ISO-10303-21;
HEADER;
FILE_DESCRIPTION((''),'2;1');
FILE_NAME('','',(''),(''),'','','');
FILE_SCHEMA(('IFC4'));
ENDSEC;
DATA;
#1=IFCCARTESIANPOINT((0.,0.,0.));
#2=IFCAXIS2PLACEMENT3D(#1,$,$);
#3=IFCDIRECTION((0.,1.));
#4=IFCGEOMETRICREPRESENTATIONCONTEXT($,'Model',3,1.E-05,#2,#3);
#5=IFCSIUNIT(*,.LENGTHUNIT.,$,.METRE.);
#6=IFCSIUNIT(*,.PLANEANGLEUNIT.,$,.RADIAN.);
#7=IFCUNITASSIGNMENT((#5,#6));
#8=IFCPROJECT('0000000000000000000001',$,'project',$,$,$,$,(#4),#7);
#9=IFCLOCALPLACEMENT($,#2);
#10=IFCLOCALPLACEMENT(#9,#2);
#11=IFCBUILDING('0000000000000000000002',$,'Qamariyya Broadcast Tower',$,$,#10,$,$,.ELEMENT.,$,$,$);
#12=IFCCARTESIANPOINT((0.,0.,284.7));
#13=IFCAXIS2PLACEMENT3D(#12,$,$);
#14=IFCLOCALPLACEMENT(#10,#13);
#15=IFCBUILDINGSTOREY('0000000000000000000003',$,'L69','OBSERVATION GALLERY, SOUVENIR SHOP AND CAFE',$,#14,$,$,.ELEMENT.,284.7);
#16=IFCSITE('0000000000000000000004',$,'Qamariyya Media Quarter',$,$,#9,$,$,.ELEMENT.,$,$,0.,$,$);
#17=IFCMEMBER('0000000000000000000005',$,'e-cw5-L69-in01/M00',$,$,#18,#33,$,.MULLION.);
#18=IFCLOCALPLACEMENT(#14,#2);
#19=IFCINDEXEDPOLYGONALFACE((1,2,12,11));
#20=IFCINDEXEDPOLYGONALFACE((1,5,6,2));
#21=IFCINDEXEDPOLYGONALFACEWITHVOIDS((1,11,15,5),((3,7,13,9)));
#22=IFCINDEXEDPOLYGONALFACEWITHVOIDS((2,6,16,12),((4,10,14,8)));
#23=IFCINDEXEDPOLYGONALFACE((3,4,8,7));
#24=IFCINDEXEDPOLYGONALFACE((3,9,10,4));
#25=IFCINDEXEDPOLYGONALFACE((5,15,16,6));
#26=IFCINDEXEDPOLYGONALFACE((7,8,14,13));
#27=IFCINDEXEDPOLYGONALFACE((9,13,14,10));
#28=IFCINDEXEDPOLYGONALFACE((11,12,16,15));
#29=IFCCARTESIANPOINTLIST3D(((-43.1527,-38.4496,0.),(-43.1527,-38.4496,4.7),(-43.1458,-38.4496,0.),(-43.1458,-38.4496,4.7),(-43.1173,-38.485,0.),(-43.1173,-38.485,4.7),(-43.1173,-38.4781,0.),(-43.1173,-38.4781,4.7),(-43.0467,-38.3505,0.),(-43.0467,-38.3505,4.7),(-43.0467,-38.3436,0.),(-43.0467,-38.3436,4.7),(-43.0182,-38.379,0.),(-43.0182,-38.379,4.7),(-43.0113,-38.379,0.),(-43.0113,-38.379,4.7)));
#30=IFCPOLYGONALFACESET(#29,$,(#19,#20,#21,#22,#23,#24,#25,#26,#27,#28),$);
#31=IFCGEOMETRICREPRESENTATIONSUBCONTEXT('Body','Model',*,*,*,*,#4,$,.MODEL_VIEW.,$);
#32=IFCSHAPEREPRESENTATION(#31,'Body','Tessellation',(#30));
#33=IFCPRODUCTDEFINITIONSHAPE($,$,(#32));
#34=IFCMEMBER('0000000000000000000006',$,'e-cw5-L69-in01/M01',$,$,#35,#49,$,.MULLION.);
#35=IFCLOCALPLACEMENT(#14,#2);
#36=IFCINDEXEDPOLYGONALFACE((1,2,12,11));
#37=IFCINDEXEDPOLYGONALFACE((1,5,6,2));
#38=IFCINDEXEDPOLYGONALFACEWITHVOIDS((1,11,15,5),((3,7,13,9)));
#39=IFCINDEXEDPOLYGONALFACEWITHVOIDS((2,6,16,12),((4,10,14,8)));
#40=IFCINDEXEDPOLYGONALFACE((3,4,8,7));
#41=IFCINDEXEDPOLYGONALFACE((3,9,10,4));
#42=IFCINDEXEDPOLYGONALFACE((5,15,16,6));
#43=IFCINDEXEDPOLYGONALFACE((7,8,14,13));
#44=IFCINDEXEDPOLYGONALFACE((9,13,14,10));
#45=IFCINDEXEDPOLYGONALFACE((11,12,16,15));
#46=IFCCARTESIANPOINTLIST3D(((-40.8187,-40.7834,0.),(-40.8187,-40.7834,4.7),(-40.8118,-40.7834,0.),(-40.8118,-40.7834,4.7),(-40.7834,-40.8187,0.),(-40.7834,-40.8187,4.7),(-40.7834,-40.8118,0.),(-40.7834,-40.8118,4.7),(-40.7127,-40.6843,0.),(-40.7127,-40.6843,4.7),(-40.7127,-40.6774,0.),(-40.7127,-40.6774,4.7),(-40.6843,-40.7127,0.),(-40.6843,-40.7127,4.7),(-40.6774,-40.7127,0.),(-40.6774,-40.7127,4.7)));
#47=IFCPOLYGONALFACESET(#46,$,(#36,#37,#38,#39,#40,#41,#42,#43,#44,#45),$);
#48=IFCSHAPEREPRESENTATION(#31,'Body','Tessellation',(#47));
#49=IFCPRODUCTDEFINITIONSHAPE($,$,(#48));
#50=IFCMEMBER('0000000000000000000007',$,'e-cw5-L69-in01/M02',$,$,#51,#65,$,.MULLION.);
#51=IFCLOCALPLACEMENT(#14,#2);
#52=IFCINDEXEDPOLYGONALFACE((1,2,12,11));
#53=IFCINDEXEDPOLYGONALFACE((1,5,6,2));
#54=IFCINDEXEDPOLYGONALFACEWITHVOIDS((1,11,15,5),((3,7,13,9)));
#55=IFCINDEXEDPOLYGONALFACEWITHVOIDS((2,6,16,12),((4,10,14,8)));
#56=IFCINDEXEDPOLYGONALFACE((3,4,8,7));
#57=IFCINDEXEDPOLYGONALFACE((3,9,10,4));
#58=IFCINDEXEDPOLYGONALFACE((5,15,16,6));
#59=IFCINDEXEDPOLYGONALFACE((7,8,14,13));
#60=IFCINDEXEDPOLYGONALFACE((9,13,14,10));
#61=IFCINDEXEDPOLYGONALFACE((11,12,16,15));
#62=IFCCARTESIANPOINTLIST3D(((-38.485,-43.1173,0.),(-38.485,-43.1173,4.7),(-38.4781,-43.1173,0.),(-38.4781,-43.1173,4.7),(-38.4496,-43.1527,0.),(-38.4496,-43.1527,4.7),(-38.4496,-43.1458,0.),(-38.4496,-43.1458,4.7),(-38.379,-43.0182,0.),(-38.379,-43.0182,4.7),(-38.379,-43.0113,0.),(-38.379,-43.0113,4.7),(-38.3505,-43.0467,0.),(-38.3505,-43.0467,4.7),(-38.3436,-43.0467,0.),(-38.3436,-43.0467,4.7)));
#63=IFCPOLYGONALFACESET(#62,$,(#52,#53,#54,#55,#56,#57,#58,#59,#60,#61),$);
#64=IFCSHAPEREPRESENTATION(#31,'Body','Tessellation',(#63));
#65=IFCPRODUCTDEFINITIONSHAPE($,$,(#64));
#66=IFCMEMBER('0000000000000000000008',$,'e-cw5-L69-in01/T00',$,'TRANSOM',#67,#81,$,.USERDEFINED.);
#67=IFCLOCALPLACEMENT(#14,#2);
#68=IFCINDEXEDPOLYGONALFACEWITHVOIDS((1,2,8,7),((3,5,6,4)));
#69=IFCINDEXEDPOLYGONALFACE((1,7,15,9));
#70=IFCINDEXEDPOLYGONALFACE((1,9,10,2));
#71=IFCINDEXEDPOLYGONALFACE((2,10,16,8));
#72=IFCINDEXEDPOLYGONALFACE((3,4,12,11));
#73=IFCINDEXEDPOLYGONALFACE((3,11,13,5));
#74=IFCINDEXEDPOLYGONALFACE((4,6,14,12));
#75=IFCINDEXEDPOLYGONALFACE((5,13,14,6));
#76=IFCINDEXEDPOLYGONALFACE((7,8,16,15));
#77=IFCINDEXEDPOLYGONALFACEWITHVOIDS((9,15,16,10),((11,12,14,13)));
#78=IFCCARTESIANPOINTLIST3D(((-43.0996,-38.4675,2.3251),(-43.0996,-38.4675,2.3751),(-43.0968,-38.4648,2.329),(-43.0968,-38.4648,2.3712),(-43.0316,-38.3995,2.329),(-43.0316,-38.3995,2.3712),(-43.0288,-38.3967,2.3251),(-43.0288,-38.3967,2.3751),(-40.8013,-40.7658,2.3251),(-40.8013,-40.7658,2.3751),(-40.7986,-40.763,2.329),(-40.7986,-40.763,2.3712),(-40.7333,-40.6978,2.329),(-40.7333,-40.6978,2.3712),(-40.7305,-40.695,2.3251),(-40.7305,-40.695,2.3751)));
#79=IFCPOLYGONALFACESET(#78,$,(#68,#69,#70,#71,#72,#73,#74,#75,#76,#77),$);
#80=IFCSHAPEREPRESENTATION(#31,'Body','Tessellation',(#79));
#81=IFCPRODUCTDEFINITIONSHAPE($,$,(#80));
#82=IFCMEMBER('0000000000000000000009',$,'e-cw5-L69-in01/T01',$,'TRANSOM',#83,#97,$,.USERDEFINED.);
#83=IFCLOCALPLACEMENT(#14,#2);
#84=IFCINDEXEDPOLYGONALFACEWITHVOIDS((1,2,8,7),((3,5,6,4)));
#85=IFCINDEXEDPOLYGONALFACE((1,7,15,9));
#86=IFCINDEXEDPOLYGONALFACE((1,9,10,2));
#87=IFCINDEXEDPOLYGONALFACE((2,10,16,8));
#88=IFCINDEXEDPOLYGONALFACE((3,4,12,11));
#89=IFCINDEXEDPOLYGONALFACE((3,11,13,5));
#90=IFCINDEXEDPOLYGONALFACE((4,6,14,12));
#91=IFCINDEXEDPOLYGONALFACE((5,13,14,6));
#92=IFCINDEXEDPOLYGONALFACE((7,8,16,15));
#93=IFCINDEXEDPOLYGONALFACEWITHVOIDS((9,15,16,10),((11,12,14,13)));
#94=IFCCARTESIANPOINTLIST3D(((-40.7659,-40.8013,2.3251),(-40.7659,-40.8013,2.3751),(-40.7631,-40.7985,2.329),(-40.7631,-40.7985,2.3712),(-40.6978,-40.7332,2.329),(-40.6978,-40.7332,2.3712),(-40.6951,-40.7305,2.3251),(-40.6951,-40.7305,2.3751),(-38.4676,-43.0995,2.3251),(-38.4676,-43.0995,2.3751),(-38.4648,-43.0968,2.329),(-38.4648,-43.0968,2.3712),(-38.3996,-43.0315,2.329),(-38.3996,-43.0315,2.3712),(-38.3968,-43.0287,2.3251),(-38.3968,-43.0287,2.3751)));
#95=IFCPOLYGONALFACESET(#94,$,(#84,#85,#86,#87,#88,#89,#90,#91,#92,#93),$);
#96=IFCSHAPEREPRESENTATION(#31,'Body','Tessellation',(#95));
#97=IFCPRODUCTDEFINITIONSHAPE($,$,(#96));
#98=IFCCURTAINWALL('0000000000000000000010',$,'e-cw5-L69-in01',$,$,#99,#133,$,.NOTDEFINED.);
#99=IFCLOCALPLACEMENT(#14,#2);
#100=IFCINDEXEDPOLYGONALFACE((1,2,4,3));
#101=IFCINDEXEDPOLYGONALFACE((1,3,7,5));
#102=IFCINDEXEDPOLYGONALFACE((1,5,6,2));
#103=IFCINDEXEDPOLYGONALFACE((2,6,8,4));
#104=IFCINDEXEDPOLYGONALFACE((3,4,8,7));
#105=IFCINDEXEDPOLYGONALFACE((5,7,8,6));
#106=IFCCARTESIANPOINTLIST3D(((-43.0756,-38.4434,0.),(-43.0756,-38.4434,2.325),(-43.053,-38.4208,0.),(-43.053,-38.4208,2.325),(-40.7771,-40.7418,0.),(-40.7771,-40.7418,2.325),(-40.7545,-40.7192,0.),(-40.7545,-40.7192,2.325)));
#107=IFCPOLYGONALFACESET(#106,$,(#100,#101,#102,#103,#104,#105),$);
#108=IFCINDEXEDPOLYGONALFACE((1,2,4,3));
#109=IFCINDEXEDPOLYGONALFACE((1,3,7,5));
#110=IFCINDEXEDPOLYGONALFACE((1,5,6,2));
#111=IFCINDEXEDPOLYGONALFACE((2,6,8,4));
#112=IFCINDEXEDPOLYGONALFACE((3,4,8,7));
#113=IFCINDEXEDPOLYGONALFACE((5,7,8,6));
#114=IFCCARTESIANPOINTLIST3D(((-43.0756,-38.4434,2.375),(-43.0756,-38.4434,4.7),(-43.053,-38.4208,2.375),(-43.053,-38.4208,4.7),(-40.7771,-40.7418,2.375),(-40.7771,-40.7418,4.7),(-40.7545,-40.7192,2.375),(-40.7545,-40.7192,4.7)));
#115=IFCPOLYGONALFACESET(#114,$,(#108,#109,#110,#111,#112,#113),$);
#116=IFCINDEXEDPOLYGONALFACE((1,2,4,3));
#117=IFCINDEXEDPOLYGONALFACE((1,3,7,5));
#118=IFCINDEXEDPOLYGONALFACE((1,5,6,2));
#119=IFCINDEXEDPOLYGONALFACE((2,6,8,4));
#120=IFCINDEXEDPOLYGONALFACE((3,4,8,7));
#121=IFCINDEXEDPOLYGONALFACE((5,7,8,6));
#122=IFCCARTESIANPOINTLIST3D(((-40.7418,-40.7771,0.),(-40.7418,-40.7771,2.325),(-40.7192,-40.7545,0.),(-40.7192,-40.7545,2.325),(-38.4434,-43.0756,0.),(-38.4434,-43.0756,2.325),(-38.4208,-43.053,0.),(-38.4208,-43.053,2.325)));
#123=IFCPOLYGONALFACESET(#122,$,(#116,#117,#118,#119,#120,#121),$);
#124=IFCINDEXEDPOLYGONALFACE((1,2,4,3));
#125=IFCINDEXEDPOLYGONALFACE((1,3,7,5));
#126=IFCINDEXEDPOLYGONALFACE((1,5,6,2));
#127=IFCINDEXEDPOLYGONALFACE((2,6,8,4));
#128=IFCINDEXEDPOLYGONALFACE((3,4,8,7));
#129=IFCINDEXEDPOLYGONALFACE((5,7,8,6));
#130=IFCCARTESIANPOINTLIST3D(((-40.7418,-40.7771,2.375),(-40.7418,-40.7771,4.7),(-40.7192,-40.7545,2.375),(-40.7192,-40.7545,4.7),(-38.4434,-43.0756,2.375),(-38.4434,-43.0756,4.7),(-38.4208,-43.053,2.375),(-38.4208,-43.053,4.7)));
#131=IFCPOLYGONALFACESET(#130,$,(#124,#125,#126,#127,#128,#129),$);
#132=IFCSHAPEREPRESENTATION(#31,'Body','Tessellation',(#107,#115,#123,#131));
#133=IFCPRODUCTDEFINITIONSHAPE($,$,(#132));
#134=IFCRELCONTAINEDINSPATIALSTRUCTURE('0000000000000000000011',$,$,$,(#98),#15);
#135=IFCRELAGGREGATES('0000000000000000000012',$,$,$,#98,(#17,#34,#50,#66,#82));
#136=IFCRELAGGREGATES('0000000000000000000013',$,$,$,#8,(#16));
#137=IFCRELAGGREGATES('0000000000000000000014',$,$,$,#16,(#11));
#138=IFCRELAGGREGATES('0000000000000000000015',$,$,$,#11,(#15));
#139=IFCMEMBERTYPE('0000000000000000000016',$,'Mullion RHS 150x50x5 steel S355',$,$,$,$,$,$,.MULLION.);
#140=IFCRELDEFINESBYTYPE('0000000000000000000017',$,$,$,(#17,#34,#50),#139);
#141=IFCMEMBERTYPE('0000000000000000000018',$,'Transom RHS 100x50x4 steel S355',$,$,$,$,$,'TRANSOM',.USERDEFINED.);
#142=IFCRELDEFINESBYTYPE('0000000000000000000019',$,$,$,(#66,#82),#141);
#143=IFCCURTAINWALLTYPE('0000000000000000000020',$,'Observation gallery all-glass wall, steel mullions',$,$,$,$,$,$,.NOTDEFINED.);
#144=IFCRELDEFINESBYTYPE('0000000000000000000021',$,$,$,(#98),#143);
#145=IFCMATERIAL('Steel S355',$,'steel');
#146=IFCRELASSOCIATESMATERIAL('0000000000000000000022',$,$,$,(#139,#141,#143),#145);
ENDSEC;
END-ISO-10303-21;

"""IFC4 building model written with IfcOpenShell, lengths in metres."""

from ifc_helpers import new_model, si_unit, direction, frame, origin, origin_2d, place, context, subcontext, project, spatial, rectangle, hollow_rectangle, extrude, material, material_profile, profile_set, type_object, element, aggregate, save


model = new_model("IFC4")

# Units and contexts
model_context = context("Model", 3, precision=1e-05, world=origin(), true_north=direction((0.0, 1.0)))
body_context = subcontext(model_context, "Body", "Model", "MODEL_VIEW")
ifc_project = project(units=[si_unit("LENGTHUNIT", "METRE"), si_unit("PLANEANGLEUNIT", "RADIAN")], contexts=[model_context])

# Site, building, storey
site_placement = place(None, origin())
site = spatial("IfcSite", under=ifc_project, at=site_placement, Name="Qamariyya Media Quarter", CompositionType="ELEMENT", RefElevation=0.0)
building_placement = place(site_placement, origin())
building = spatial("IfcBuilding", under=site, at=building_placement, Name="Qamariyya Broadcast Tower", CompositionType="ELEMENT")
storey_placement = place(building_placement, frame((0.0, 0.0, 284.7)))
storey = spatial("IfcBuildingStorey", under=building, at=storey_placement, Name="L69", Description="OBSERVATION GALLERY, SOUVENIR SHOP AND CAFE", CompositionType="ELEMENT", Elevation=284.7)

# Members
ifc_material_1 = material(Name="Steel S355", Category="steel")
ifc_material_profile_1 = material_profile(ifc_material_1, hollow_rectangle(XDim=0.1499, YDim=0.05, WallThickness=0.0049, at=origin_2d()))
ifc_profile_set_1 = profile_set([ifc_material_profile_1], Name="Steel S355")
member_type_1 = type_object("IfcMemberType", Name="Mullion RHS 150x50x5 steel S355", PredefinedType="MULLION", material=ifc_profile_set_1)
member_1_placement = place(storey_placement, frame((-43.082, -38.4143, 0.0), z_axis=(0.0, 0.0, 1.0), x_axis=(0.707107, 0.707107, 0.0)))
member_1 = element("IfcMember", 1, at=member_1_placement, type_object=member_type_1, Name="e-cw5-L69-in01/M00", PredefinedType="MULLION", context=body_context, shape_type="SweptSolid", body=[
    extrude(hollow_rectangle(XDim=0.1499, YDim=0.05, WallThickness=0.0049, at=origin_2d()), origin(), (0.0, 0.0, 1.0), 4.7),
])
member_2_placement = place(storey_placement, frame((-40.748, -40.748, 0.0), z_axis=(0.0, 0.0, 1.0), x_axis=(0.707107, 0.707107, 0.0)))
member_2 = element("IfcMember", 2, at=member_2_placement, type_object=member_type_1, Name="e-cw5-L69-in01/M01", PredefinedType="MULLION", context=body_context, shape_type="SweptSolid", body=[
    extrude(hollow_rectangle(XDim=0.1499, YDim=0.05, WallThickness=0.0049, at=origin_2d()), origin(), (0.0, 0.0, 1.0), 4.7),
])
member_3_placement = place(storey_placement, frame((-38.4143, -43.082, 0.0), z_axis=(0.0, 0.0, 1.0), x_axis=(0.707107, 0.707107, 0.0)))
member_3 = element("IfcMember", 3, at=member_3_placement, type_object=member_type_1, Name="e-cw5-L69-in01/M02", PredefinedType="MULLION", context=body_context, shape_type="SweptSolid", body=[
    extrude(hollow_rectangle(XDim=0.1499, YDim=0.05, WallThickness=0.0049, at=origin_2d()), origin(), (0.0, 0.0, 1.0), 4.7),
])

# Members
ifc_material_profile_2 = material_profile(ifc_material_1, hollow_rectangle(XDim=0.1001, YDim=0.05, WallThickness=0.0039, at=origin_2d()))
ifc_profile_set_2 = profile_set([ifc_material_profile_2], Name="Steel S355")
member_type_2 = type_object("IfcMemberType", Name="Transom RHS 100x50x4 steel S355", ElementType="TRANSOM", PredefinedType="USERDEFINED", material=ifc_profile_set_2)
member_4_placement = place(storey_placement, frame((-43.0642, -38.4321, 2.3501), z_axis=(0.707107, -0.707107, 0.0), x_axis=(0.707107, 0.707107, 0.0)))
member_4 = element("IfcMember", 4, at=member_4_placement, type_object=member_type_2, Name="e-cw5-L69-in01/T00", ObjectType="TRANSOM", PredefinedType="USERDEFINED", context=body_context, shape_type="SweptSolid", body=[
    extrude(hollow_rectangle(XDim=0.1001, YDim=0.05, WallThickness=0.0039, at=origin_2d()), origin(), (0.0, 0.0, 1.0), 3.2502),
])
member_5_placement = place(storey_placement, frame((-40.7305, -40.7659, 2.3501), z_axis=(0.707107, -0.707107, 0.0), x_axis=(0.707107, 0.707107, 0.0)))
member_5 = element("IfcMember", 5, at=member_5_placement, type_object=member_type_2, Name="e-cw5-L69-in01/T01", ObjectType="TRANSOM", PredefinedType="USERDEFINED", context=body_context, shape_type="SweptSolid", body=[
    extrude(hollow_rectangle(XDim=0.1001, YDim=0.05, WallThickness=0.0039, at=origin_2d()), origin(), (0.0, 0.0, 1.0), 3.2502),
])

# Curtain wall
curtain_wall_type_1 = type_object("IfcCurtainWallType", Name="Observation gallery all-glass wall, steel mullions", PredefinedType="NOTDEFINED", material=ifc_material_1)
curtain_wall_1_placement = place(storey_placement, origin())
curtain_wall_1 = element("IfcCurtainWall", 6, at=curtain_wall_1_placement, inside=storey, type_object=curtain_wall_type_1, Name="e-cw5-L69-in01", PredefinedType="NOTDEFINED", context=body_context, shape_type="SweptSolid", body=[
    extrude(rectangle(XDim=3.2505, YDim=0.032, at=origin_2d()), frame((-41.915, -39.5813, 0.0), x_axis=(0.707107, -0.707107, 0.0)), (0.0, 0.0, 1.0), 2.325),
    extrude(rectangle(XDim=3.2505, YDim=0.032, at=origin_2d()), frame((-41.915, -39.5813, 2.375), x_axis=(0.707107, -0.707107, 0.0)), (0.0, 0.0, 1.0), 2.325),
    extrude(rectangle(XDim=3.2505, YDim=0.032, at=origin_2d()), frame((-39.5813, -41.915, 0.0), x_axis=(0.707107, -0.707107, 0.0)), (0.0, 0.0, 1.0), 2.325),
    extrude(rectangle(XDim=3.2505, YDim=0.032, at=origin_2d()), frame((-39.5813, -41.915, 2.375), x_axis=(0.707107, -0.707107, 0.0)), (0.0, 0.0, 1.0), 2.325),
])
aggregate(curtain_wall_1, [member_1, member_2, member_3, member_4, member_5])

save(model, "model.ifc")
